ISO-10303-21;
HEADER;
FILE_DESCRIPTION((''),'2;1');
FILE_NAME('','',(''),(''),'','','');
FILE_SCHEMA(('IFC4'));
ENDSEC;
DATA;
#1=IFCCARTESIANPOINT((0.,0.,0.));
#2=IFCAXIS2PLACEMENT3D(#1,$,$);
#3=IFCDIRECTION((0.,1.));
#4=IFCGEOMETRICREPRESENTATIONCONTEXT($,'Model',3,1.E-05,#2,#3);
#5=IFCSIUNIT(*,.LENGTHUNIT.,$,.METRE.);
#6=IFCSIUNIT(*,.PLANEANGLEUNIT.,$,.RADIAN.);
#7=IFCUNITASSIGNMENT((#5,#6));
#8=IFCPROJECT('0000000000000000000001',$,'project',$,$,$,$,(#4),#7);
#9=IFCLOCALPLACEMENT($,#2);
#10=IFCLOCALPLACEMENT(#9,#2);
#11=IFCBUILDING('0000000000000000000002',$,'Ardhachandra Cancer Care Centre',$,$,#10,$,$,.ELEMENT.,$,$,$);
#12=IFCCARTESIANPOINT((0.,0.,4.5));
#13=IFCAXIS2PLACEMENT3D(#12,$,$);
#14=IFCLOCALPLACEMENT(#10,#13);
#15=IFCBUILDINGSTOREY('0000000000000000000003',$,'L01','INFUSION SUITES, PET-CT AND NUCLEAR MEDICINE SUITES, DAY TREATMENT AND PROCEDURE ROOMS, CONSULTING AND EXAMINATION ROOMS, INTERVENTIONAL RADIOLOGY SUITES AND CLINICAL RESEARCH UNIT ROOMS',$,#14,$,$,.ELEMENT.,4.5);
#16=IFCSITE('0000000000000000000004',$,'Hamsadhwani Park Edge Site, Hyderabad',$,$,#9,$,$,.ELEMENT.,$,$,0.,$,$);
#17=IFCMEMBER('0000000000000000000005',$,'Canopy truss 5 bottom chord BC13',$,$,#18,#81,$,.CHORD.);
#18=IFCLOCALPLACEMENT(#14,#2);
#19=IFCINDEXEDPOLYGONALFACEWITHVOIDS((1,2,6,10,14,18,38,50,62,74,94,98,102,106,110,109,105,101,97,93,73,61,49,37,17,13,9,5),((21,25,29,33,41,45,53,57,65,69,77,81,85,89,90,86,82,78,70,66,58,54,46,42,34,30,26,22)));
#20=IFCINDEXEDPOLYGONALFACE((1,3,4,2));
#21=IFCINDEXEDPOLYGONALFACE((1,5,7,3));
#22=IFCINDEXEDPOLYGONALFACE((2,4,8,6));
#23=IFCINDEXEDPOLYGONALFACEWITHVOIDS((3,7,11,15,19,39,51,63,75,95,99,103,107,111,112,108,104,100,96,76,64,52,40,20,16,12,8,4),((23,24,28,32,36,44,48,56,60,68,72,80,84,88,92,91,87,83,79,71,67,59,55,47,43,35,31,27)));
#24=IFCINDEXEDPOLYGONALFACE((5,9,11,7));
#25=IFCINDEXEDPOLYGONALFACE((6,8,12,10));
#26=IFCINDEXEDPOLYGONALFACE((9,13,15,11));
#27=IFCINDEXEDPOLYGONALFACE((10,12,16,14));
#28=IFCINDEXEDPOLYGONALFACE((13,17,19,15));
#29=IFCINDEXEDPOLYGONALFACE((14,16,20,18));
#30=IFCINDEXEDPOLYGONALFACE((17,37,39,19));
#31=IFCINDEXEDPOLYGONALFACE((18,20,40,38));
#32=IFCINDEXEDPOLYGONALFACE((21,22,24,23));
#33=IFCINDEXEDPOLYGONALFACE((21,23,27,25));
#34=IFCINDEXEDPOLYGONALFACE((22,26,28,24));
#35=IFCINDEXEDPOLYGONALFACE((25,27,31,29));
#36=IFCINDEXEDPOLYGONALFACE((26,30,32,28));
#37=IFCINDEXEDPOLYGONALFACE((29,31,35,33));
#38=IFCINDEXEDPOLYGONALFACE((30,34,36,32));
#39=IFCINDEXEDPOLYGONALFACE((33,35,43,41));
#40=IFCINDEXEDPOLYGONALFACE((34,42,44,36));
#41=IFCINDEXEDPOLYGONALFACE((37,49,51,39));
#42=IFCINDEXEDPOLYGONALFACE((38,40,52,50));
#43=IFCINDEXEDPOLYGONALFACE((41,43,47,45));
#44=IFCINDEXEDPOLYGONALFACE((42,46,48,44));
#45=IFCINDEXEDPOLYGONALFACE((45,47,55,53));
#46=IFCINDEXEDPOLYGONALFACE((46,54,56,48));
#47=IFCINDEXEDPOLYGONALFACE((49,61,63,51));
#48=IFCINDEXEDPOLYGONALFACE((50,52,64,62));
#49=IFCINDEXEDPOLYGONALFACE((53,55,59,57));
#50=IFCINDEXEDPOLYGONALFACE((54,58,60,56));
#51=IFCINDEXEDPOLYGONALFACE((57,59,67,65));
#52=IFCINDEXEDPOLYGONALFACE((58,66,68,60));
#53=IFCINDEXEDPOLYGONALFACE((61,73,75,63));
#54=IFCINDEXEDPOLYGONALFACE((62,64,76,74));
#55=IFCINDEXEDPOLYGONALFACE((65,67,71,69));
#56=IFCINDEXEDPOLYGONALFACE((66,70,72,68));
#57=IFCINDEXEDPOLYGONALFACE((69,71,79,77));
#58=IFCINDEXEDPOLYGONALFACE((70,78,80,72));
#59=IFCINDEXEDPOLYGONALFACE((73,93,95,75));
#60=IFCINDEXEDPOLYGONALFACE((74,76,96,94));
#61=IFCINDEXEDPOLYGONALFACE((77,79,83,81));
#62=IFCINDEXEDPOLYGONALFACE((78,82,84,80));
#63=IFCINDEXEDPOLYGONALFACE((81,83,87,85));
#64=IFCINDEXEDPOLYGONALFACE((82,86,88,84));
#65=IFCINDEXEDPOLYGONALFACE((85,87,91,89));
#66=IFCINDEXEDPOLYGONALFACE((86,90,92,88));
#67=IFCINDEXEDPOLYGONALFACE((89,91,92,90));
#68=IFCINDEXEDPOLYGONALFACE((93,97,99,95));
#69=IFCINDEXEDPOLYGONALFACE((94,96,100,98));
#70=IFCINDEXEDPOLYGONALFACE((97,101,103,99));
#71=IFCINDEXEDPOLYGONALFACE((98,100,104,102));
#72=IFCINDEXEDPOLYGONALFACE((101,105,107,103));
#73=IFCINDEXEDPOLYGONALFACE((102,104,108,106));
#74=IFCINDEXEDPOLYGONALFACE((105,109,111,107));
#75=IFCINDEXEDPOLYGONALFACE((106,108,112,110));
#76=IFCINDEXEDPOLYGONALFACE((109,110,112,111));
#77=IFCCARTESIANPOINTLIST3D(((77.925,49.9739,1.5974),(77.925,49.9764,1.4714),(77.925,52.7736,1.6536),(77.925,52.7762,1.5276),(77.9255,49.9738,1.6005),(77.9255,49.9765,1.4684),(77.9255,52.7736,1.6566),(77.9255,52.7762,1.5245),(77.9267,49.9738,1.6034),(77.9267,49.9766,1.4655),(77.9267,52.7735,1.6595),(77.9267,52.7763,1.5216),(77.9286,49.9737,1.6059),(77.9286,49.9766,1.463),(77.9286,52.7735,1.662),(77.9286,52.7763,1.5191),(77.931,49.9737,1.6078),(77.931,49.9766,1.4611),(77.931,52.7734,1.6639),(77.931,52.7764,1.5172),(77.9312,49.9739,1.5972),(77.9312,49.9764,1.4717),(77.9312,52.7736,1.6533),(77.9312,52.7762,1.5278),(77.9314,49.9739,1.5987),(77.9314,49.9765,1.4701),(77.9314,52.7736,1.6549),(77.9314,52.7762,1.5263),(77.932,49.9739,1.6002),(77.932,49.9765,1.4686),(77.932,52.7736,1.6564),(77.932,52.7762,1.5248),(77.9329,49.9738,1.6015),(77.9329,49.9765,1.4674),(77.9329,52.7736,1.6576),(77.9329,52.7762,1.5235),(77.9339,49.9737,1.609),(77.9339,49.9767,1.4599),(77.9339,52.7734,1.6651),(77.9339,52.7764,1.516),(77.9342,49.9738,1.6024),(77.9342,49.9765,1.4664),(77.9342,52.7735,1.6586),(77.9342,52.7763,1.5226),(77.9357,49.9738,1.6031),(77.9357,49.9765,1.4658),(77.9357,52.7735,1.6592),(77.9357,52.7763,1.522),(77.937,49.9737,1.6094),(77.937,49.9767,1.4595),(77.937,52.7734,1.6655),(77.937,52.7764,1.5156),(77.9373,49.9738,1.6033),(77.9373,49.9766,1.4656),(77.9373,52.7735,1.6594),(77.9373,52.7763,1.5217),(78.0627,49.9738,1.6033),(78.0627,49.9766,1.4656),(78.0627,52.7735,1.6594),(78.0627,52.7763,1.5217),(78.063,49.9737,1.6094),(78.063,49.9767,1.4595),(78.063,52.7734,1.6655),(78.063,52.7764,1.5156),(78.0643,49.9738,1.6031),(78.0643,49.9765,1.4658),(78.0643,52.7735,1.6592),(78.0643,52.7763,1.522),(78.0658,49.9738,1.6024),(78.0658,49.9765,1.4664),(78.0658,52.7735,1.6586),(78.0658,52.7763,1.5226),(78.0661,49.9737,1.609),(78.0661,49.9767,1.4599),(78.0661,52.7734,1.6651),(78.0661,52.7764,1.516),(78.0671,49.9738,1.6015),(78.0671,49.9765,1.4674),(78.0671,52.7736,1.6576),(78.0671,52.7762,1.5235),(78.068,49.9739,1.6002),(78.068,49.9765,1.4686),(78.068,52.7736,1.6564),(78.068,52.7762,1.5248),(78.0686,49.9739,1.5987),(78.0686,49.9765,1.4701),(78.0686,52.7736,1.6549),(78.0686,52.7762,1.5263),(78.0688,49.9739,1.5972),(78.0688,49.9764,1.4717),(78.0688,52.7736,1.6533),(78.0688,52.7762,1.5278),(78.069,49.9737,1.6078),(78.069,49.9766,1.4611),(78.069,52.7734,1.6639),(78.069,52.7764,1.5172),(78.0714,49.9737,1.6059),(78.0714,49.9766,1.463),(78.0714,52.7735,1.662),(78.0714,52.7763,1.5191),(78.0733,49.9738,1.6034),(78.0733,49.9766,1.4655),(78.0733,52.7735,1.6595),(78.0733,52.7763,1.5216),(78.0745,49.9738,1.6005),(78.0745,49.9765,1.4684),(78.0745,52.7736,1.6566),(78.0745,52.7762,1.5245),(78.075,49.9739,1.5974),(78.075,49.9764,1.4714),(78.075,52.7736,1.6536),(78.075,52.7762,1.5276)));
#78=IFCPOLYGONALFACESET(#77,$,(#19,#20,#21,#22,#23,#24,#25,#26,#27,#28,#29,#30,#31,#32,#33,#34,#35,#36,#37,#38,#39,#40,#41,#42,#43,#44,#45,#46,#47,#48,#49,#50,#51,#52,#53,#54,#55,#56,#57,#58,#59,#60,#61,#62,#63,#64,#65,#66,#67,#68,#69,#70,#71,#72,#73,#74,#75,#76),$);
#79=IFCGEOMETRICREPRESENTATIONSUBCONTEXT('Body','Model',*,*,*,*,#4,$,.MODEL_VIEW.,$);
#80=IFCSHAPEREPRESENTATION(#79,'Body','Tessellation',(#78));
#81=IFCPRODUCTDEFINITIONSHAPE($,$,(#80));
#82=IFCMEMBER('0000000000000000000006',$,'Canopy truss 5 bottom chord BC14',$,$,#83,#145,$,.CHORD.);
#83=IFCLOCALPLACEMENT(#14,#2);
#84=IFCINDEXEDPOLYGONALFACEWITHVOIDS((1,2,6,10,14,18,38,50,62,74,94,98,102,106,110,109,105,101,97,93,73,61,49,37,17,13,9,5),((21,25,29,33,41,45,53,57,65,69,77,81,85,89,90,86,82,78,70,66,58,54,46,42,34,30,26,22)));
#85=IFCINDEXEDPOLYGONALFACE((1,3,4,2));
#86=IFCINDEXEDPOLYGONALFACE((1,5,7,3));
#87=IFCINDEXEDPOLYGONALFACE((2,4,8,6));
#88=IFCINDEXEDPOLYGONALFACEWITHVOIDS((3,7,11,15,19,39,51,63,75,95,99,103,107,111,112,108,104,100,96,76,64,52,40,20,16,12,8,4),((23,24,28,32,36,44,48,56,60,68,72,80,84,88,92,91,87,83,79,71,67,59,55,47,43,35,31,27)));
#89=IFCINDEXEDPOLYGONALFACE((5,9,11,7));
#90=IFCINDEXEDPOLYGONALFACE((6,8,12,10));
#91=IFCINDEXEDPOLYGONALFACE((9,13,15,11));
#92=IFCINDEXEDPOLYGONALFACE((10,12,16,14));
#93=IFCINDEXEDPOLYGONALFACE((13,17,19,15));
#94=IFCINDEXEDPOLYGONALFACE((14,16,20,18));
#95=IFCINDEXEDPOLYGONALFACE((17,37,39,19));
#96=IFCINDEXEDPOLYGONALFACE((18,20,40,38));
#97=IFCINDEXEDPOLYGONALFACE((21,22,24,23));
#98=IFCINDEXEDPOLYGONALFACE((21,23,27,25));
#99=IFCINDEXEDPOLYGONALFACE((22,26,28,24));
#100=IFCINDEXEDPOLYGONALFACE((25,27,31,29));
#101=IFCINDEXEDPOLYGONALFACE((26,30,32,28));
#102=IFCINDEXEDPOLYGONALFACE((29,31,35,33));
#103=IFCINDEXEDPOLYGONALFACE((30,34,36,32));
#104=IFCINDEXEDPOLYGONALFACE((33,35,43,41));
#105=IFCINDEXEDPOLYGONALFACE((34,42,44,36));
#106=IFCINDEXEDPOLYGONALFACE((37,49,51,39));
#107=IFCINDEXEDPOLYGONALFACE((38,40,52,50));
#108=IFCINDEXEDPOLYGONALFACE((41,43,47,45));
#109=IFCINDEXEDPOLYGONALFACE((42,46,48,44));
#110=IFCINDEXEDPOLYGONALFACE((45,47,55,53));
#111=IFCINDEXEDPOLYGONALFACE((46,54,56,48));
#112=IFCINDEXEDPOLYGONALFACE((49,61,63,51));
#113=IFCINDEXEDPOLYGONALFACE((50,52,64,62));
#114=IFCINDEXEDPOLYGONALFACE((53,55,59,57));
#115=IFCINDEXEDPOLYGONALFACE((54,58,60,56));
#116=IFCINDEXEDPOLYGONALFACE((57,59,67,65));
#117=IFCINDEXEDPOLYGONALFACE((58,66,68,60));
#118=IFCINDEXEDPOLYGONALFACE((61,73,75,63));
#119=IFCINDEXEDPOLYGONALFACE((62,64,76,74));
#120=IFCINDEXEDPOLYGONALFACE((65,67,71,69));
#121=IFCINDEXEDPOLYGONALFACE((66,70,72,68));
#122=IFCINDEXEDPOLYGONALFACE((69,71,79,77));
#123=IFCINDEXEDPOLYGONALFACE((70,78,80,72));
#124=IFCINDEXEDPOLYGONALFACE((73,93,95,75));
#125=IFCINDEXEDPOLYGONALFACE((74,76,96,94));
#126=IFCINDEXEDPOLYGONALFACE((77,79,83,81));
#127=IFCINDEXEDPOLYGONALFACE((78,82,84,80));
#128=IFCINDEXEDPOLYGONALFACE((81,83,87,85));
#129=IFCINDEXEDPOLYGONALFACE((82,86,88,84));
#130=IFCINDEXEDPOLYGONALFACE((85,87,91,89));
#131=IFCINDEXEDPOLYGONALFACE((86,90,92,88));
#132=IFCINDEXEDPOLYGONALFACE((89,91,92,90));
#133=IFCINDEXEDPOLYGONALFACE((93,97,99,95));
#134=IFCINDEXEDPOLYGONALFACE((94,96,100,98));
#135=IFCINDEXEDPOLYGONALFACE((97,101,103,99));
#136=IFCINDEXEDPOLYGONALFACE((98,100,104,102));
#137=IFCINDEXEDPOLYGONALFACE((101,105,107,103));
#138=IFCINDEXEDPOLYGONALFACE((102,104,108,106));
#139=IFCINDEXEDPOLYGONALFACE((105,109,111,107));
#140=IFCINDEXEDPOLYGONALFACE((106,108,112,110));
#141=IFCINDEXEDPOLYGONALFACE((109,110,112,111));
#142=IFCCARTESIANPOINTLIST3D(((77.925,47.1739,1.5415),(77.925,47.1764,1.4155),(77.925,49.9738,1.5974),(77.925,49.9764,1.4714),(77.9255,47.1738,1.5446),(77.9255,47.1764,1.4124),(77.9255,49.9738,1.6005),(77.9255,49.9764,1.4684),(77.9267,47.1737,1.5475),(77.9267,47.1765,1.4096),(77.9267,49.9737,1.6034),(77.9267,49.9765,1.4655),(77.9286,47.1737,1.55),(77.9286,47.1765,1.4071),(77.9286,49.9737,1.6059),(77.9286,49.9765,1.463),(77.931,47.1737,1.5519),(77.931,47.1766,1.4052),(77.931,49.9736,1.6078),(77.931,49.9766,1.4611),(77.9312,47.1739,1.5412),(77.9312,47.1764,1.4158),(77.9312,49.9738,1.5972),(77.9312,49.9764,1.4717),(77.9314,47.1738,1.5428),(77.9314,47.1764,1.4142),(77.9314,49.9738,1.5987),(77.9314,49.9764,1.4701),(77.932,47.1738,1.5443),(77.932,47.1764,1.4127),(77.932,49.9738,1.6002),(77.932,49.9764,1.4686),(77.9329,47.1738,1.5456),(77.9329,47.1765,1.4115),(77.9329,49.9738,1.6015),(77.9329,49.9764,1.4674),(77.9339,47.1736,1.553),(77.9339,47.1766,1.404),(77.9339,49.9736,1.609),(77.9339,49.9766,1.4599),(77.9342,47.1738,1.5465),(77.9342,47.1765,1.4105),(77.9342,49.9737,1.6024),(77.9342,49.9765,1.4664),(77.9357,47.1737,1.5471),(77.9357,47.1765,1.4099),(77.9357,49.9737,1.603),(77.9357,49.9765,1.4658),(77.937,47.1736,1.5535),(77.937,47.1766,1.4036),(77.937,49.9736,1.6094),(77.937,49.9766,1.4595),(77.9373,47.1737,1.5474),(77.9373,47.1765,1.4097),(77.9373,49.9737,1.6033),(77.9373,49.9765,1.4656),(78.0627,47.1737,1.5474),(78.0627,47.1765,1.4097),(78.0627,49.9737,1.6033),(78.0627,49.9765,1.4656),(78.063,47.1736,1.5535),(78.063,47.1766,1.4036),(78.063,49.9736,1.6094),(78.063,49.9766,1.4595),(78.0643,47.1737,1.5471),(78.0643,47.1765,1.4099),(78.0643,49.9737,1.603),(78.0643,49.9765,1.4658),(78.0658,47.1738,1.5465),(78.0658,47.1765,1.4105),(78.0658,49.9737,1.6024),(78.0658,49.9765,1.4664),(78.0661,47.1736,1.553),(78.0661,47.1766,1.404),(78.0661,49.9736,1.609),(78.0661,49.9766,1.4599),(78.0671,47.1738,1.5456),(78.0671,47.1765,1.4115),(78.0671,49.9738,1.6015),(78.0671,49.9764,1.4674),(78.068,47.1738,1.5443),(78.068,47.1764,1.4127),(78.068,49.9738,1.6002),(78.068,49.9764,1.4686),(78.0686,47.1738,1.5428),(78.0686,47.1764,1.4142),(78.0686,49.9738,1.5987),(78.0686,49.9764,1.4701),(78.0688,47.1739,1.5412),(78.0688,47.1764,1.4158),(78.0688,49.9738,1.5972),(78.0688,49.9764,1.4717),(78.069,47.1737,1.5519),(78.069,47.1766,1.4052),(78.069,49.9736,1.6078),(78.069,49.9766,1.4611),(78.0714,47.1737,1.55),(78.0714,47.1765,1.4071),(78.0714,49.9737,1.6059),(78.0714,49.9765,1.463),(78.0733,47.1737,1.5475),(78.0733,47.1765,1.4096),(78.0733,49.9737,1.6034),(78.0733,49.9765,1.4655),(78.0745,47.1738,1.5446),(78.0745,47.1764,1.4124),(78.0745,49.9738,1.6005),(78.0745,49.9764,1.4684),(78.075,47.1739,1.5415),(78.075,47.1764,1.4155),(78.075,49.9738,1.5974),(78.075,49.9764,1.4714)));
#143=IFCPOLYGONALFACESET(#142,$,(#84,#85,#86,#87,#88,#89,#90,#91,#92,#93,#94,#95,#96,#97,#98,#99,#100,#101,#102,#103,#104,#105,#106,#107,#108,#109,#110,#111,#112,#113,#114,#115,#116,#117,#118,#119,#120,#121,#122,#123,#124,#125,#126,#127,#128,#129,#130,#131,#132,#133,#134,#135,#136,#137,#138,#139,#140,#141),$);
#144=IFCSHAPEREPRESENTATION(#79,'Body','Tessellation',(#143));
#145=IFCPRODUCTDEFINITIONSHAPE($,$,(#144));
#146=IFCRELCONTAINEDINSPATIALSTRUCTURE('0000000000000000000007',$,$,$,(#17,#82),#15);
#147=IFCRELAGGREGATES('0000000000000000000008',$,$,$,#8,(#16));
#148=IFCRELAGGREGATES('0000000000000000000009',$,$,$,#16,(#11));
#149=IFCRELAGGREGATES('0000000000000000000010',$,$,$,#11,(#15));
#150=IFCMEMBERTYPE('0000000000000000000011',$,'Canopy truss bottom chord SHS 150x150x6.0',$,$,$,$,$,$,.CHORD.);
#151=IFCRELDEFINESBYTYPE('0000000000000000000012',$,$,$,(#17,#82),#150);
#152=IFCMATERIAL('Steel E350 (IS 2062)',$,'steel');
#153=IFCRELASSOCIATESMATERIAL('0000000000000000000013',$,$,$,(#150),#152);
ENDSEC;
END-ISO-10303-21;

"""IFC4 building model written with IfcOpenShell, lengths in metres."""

from ifc_helpers import new_model, si_unit, direction, frame, origin, origin_2d, place, context, subcontext, project, spatial, hollow_rectangle, extrude, material, material_profile, profile_set, type_object, element, save


model = new_model("IFC4")

# Units and contexts
model_context = context("Model", 3, precision=1e-05, world=origin(), true_north=direction((0.0, 1.0)))
body_context = subcontext(model_context, "Body", "Model", "MODEL_VIEW")
ifc_project = project(units=[si_unit("LENGTHUNIT", "METRE"), si_unit("PLANEANGLEUNIT", "RADIAN")], contexts=[model_context])

# Site, building, storey
site_placement = place(None, origin())
site = spatial("IfcSite", under=ifc_project, at=site_placement, Name="Hamsadhwani Park Edge Site, Hyderabad", CompositionType="ELEMENT", RefElevation=0.0)
building_placement = place(site_placement, origin())
building = spatial("IfcBuilding", under=site, at=building_placement, Name="Ardhachandra Cancer Care Centre", CompositionType="ELEMENT")
storey_placement = place(building_placement, frame((0.0, 0.0, 4.5)))
storey = spatial("IfcBuildingStorey", under=building, at=storey_placement, Name="L01", Description="INFUSION SUITES, PET-CT AND NUCLEAR MEDICINE SUITES, DAY TREATMENT AND PROCEDURE ROOMS, CONSULTING AND EXAMINATION ROOMS, INTERVENTIONAL RADIOLOGY SUITES AND CLINICAL RESEARCH UNIT ROOMS", CompositionType="ELEMENT", Elevation=4.5)

# Members
ifc_material_1 = material(Name="Steel E350 (IS 2062)", Category="steel")
ifc_material_profile_1 = material_profile(ifc_material_1, hollow_rectangle(XDim=0.1499, YDim=0.1499, WallThickness=0.0061, InnerFilletRadius=0.0061, OuterFilletRadius=0.012, at=origin_2d()), Name="SHS 150x150x6.0")
ifc_profile_set_1 = profile_set([ifc_material_profile_1], Name="Steel E350 (IS 2062)")
member_type_1 = type_object("IfcMemberType", Name="Canopy truss bottom chord SHS 150x150x6.0", PredefinedType="CHORD", material=ifc_profile_set_1)
member_1_placement = place(storey_placement, frame((78.0, 52.7749, 1.5906), z_axis=(0.0, -0.999799, -0.020052), x_axis=(1.0, 0.0, 0.0)))
element("IfcMember", 1, at=member_1_placement, inside=storey, type_object=member_type_1, Name="Canopy truss 5 bottom chord BC13", PredefinedType="CHORD", context=body_context, shape_type="SweptSolid", body=[
    extrude(hollow_rectangle(XDim=0.1499, YDim=0.1499, WallThickness=0.0061, InnerFilletRadius=0.0061, OuterFilletRadius=0.012, at=origin_2d()), origin(), (0.0, 0.0, 1.0), 2.8003),
])
for number, where, z_axis, x_axis, name in (
    (2, (78.0, 49.9751, 1.5344), (0.0, -0.999801, -0.019963), (1.0, 0.0, 0.0), "Canopy truss 5 bottom chord BC14"),
):
    element("IfcMember", number, at=place(storey_placement, frame(where, z_axis=z_axis, x_axis=x_axis)), inside=storey, type_object=member_type_1, Name=name, PredefinedType="CHORD", context=body_context, shape_type="SweptSolid", body=[
        extrude(hollow_rectangle(XDim=0.1499, YDim=0.1499, WallThickness=0.0061, InnerFilletRadius=0.0061, OuterFilletRadius=0.012, at=origin_2d()), origin(), (0.0, 0.0, 1.0), 2.8005),
    ])

save(model, "model.ifc")
